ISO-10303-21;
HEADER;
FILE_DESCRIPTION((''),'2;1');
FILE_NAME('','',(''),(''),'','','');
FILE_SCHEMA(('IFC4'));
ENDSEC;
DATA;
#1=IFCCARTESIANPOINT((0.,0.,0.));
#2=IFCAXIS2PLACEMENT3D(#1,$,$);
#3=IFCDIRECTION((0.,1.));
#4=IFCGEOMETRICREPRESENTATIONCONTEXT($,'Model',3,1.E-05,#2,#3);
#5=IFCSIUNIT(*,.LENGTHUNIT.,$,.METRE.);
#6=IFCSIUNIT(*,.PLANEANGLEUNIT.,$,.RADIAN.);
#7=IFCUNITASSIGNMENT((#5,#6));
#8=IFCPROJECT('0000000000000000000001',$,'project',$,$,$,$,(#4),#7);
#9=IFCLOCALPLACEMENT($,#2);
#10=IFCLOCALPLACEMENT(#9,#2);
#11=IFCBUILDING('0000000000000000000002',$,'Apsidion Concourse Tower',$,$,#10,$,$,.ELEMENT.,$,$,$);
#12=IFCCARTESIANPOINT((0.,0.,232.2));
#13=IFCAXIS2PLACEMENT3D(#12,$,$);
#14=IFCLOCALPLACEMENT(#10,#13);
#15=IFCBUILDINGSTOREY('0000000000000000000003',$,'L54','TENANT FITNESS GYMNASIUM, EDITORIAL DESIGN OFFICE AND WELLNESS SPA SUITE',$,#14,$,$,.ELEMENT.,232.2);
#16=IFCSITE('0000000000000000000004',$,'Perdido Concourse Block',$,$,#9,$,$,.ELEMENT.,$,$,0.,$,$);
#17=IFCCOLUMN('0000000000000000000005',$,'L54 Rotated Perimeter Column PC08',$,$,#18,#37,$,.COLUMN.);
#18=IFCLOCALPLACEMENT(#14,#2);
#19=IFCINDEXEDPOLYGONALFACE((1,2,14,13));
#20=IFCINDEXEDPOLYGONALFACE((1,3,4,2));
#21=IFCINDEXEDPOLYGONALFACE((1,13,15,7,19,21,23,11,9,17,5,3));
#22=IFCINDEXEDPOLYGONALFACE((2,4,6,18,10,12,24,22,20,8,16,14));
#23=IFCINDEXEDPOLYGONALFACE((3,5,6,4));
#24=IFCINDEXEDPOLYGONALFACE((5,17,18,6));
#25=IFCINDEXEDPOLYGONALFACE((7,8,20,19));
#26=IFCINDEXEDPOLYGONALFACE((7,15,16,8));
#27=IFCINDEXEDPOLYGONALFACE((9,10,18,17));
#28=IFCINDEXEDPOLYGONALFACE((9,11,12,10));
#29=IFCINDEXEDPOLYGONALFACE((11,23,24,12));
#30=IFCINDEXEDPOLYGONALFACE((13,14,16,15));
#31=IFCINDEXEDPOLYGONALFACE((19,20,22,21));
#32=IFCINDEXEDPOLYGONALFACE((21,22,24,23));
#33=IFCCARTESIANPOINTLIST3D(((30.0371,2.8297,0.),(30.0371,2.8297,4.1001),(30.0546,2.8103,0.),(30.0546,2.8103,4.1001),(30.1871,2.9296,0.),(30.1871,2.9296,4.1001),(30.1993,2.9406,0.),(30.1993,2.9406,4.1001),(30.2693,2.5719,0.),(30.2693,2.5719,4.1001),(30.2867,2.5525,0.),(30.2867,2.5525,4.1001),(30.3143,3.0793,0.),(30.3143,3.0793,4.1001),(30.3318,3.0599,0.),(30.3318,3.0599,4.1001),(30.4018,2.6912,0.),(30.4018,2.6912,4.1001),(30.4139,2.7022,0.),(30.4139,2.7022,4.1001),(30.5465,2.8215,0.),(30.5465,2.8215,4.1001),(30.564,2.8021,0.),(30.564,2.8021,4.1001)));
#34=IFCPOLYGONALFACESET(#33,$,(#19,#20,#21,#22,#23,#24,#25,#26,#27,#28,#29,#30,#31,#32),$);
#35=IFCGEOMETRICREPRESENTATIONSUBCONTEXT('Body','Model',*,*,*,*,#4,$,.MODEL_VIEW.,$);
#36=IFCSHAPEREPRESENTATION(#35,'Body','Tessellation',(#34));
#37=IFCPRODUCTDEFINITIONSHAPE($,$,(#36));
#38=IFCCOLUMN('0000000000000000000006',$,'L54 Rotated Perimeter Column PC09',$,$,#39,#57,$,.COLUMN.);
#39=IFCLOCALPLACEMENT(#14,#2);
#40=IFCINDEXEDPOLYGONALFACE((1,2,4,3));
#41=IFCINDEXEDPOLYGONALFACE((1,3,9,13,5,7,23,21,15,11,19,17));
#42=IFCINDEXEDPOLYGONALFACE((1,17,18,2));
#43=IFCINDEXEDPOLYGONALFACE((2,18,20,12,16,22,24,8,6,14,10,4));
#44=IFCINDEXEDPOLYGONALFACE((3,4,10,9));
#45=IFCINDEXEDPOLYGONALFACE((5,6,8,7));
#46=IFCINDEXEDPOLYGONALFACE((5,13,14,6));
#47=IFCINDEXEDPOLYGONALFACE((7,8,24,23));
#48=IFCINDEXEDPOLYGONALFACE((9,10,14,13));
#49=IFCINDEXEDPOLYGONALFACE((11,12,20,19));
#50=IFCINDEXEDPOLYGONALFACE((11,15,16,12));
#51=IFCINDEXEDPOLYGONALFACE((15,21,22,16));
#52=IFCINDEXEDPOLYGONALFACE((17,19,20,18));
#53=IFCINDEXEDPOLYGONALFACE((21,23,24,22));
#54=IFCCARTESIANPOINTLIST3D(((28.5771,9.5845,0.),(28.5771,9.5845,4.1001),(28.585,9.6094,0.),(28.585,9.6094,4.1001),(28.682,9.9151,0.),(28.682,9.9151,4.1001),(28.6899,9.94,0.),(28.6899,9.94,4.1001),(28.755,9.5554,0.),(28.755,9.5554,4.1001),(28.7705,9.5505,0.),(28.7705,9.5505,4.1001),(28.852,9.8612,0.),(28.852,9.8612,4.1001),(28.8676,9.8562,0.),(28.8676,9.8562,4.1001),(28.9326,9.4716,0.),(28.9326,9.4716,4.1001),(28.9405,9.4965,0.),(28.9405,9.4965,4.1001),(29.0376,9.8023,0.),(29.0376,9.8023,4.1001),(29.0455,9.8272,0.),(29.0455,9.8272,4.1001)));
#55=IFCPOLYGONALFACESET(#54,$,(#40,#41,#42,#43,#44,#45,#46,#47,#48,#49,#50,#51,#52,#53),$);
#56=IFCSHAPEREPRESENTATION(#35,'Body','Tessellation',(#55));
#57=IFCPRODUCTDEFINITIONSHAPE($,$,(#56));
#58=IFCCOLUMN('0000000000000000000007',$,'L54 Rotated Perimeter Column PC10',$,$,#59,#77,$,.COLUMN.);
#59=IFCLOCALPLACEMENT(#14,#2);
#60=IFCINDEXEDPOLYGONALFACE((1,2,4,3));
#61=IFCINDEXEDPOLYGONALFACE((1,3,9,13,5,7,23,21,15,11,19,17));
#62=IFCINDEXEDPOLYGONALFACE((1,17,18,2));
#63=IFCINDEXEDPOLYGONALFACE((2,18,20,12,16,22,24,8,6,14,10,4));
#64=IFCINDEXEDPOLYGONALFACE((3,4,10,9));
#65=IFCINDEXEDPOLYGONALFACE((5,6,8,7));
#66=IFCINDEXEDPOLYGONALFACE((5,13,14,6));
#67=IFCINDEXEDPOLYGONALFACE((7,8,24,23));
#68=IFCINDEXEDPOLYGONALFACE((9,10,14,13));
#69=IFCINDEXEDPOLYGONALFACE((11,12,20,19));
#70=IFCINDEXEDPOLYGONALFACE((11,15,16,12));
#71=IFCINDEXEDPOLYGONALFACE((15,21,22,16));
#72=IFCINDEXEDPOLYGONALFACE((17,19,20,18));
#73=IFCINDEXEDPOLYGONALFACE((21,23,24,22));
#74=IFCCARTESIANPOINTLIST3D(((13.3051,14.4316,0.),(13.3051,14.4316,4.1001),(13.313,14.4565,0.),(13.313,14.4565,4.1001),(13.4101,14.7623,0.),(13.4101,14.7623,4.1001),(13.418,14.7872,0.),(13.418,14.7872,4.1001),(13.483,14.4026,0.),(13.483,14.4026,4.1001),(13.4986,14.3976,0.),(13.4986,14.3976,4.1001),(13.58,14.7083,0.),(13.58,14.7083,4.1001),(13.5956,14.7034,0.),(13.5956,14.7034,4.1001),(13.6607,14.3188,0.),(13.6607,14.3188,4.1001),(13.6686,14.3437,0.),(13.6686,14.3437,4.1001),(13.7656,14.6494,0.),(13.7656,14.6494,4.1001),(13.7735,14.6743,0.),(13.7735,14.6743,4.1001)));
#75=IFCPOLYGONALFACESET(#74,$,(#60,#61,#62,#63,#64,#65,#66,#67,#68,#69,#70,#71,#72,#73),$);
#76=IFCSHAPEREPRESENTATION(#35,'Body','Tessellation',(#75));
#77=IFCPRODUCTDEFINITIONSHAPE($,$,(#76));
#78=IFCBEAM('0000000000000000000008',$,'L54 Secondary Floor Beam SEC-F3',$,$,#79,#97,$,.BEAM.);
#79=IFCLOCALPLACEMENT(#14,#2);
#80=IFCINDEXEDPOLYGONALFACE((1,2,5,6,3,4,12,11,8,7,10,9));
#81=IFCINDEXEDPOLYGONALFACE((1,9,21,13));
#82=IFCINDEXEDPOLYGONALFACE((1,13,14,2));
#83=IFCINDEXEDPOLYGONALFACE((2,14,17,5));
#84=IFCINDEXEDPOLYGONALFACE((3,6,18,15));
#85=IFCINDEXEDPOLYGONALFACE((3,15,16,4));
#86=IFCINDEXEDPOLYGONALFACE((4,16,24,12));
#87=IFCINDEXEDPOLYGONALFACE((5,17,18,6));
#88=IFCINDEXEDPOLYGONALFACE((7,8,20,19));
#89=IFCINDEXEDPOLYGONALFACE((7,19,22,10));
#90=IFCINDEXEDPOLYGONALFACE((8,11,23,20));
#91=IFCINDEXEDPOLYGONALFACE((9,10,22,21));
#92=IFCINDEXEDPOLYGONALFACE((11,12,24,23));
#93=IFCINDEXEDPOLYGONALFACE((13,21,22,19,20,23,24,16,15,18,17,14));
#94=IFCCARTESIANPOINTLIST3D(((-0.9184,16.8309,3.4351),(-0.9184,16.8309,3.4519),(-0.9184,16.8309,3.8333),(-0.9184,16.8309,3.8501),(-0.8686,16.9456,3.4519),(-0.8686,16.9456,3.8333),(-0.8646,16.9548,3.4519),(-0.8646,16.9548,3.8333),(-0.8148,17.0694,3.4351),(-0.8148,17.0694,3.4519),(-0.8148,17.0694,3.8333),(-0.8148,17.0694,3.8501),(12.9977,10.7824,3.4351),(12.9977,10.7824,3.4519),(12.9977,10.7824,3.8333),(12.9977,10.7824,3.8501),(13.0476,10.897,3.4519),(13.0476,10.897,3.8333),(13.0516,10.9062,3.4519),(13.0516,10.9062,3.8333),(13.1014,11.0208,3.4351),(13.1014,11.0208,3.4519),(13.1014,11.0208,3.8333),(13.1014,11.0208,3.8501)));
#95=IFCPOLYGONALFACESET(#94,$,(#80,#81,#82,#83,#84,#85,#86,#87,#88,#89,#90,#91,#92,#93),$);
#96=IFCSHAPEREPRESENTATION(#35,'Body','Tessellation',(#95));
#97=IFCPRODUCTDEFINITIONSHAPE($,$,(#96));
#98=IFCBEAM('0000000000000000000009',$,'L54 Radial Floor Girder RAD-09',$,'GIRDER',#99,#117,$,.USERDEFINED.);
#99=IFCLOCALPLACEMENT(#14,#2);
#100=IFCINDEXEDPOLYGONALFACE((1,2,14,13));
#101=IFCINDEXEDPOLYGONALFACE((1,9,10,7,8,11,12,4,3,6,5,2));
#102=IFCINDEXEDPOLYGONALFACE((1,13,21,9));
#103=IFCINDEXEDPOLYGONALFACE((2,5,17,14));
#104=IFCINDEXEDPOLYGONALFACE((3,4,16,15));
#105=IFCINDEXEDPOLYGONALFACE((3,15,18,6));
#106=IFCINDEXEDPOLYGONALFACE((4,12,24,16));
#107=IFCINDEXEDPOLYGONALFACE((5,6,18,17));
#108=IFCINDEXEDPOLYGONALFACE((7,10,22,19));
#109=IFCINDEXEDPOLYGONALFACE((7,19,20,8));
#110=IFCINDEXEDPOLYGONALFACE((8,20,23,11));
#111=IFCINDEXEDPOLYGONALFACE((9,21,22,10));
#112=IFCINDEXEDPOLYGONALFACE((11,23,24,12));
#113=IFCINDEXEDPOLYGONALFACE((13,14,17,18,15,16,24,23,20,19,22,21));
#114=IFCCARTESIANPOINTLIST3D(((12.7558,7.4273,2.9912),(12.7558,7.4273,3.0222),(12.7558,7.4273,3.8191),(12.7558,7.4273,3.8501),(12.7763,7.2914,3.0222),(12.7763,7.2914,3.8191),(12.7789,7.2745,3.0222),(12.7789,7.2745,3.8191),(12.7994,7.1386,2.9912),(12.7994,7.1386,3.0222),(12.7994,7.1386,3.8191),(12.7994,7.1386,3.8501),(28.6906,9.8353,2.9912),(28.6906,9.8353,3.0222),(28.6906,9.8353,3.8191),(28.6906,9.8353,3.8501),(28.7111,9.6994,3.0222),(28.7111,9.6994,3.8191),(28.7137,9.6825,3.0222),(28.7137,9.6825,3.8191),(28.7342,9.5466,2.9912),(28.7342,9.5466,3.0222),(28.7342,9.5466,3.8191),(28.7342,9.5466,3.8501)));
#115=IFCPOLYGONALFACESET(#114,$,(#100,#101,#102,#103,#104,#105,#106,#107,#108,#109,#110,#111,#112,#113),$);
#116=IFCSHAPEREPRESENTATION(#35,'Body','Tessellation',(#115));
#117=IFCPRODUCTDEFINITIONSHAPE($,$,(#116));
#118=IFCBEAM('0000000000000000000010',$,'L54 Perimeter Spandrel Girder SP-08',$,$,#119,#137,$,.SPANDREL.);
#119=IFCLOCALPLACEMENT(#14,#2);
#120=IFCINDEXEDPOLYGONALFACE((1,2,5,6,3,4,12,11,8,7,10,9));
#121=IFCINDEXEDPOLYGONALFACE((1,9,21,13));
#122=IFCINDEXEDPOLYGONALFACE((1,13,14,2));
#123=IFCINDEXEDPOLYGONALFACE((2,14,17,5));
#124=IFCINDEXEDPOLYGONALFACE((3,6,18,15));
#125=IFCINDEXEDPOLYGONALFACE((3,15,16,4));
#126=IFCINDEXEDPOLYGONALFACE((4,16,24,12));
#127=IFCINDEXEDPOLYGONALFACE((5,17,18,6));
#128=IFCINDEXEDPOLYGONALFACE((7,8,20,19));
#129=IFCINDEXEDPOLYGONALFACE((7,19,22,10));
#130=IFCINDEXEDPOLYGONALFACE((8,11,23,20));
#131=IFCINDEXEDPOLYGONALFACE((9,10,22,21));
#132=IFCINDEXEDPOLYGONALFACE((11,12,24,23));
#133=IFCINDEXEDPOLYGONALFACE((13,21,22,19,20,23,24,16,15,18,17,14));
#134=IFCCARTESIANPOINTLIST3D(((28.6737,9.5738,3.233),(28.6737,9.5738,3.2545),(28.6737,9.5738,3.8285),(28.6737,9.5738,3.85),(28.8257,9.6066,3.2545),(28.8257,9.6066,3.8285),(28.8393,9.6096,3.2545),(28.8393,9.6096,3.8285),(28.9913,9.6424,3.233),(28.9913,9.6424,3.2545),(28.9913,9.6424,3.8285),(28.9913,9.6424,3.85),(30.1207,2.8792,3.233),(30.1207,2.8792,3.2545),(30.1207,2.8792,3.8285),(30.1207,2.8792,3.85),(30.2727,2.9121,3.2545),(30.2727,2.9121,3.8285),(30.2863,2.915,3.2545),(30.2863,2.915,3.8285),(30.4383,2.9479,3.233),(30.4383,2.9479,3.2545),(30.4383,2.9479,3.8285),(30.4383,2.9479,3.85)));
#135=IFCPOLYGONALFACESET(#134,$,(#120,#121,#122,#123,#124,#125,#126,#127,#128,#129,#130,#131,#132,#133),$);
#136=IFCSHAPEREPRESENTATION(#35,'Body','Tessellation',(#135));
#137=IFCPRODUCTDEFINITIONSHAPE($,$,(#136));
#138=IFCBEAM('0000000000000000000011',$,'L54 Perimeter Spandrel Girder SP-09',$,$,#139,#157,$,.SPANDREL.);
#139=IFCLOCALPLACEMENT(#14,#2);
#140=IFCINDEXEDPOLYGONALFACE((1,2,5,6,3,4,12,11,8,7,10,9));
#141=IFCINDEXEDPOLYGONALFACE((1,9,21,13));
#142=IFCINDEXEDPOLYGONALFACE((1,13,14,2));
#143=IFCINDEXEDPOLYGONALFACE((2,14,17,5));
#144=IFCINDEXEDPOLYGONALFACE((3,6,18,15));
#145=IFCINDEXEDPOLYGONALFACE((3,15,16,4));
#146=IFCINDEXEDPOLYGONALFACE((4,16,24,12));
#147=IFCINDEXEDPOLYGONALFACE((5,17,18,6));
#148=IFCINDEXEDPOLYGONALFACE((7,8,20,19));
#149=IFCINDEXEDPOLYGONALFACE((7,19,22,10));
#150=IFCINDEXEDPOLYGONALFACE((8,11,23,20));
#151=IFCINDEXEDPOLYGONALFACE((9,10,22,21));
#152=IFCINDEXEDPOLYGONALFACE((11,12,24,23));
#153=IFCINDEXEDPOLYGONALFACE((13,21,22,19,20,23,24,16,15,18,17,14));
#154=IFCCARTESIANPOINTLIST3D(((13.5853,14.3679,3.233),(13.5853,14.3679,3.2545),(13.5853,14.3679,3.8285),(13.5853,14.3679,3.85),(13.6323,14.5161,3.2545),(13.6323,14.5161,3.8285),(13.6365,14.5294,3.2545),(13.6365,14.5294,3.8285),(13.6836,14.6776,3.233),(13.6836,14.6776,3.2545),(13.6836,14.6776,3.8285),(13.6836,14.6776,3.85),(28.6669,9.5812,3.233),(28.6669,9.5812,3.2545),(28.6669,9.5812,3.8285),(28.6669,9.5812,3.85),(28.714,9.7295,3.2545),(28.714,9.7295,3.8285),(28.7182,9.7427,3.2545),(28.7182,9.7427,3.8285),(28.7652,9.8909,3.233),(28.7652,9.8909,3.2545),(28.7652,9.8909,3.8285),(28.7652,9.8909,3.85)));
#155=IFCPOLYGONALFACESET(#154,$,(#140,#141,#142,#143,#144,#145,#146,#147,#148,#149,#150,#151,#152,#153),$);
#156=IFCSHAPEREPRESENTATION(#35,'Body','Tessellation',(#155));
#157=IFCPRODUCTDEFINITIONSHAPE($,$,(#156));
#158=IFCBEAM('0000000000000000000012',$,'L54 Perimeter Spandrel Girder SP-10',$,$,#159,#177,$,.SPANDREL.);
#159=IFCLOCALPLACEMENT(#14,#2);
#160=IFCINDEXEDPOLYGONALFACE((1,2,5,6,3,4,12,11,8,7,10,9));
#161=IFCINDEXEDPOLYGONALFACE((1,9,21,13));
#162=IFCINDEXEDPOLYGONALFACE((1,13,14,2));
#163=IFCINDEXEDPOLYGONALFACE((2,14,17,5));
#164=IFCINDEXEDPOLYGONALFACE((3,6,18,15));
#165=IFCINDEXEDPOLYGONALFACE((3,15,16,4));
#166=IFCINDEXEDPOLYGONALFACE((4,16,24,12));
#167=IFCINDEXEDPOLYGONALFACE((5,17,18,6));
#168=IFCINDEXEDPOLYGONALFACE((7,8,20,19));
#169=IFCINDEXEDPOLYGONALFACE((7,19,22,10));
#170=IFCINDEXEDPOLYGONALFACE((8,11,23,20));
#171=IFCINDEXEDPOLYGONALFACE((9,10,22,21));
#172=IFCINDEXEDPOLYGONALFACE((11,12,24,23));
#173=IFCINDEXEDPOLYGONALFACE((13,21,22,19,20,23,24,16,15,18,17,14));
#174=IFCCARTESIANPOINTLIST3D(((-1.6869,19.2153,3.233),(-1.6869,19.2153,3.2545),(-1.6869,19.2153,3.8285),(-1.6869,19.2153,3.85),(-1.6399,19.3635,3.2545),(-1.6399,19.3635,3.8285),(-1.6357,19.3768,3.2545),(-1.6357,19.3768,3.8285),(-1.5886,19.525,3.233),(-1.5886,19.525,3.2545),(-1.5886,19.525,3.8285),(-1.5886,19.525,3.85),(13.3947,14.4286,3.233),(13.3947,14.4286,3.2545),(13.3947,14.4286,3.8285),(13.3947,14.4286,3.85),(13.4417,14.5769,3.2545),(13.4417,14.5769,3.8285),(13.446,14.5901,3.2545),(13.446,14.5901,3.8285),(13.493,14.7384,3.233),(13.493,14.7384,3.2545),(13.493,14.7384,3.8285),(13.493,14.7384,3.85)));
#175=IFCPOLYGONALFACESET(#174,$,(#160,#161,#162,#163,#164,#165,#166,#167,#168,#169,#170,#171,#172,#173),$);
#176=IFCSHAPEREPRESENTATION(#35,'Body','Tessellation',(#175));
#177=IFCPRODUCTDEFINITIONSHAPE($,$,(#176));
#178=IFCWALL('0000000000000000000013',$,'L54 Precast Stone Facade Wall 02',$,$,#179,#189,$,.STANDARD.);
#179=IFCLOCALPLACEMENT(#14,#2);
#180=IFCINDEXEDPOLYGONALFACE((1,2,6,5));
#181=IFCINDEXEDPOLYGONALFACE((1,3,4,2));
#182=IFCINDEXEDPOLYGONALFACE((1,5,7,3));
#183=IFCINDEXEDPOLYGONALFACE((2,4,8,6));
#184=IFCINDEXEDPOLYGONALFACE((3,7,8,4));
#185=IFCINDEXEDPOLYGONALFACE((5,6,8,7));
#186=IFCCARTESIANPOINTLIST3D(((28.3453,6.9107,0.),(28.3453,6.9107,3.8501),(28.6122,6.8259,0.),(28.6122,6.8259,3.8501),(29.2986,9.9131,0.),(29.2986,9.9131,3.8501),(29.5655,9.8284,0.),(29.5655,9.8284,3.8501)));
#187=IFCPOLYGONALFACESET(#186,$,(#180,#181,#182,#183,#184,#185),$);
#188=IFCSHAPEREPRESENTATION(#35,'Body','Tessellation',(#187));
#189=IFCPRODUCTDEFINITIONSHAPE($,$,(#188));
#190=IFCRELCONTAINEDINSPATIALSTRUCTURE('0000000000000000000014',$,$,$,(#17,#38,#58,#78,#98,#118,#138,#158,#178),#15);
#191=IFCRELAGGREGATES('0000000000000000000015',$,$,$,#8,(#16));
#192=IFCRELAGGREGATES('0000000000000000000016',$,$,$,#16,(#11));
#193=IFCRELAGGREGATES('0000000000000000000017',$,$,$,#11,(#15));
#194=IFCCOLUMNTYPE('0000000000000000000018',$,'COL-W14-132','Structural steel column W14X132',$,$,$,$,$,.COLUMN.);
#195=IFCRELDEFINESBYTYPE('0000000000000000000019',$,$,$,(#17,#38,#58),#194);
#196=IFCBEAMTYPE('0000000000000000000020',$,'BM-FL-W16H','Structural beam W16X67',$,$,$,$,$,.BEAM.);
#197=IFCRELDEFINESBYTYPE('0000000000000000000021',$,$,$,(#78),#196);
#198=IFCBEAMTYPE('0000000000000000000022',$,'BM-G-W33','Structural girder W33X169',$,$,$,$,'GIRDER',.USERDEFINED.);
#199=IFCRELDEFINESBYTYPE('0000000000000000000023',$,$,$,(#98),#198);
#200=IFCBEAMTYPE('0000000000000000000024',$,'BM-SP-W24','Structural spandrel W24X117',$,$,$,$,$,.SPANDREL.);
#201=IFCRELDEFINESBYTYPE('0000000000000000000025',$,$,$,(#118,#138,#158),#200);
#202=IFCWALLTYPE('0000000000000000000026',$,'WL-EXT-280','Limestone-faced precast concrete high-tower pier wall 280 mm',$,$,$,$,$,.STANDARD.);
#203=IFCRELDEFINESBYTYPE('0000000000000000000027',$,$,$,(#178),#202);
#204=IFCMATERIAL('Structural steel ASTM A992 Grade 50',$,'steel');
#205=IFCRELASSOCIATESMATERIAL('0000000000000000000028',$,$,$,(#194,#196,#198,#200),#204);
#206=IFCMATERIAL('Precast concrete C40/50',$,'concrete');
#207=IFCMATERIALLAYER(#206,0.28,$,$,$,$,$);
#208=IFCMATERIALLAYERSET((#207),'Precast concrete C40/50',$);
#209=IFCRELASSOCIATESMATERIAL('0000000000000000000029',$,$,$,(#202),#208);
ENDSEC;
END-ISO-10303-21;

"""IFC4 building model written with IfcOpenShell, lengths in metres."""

from ifc_helpers import new_model, si_unit, direction, frame, frame_2d, origin, origin_2d, place, context, subcontext, project, spatial, rectangle, i_section, extrude, material, layer, layer_set, material_profile, profile_set, type_object, element, save


model = new_model("IFC4")

# Units and contexts
model_context = context("Model", 3, precision=1e-05, world=origin(), true_north=direction((0.0, 1.0)))
body_context = subcontext(model_context, "Body", "Model", "MODEL_VIEW")
ifc_project = project(units=[si_unit("LENGTHUNIT", "METRE"), si_unit("PLANEANGLEUNIT", "RADIAN")], contexts=[model_context])

# Site, building, storey
site_placement = place(None, origin())
site = spatial("IfcSite", under=ifc_project, at=site_placement, Name="Perdido Concourse Block", CompositionType="ELEMENT", RefElevation=0.0)
building_placement = place(site_placement, origin())
building = spatial("IfcBuilding", under=site, at=building_placement, Name="Apsidion Concourse Tower", CompositionType="ELEMENT")
storey_placement = place(building_placement, frame((0.0, 0.0, 232.2)))
storey = spatial("IfcBuildingStorey", under=building, at=storey_placement, Name="L54", Description="TENANT FITNESS GYMNASIUM, EDITORIAL DESIGN OFFICE AND WELLNESS SPA SUITE", CompositionType="ELEMENT", Elevation=232.2)

# Columns
ifc_material_1 = material(Name="Structural steel ASTM A992 Grade 50", Category="steel")
ifc_material_profile_1 = material_profile(ifc_material_1, i_section(OverallWidth=0.373, OverallDepth=0.373, WebThickness=0.0164, FlangeThickness=0.0261, at=origin_2d()), Name="W14X132")
ifc_profile_set_1 = profile_set([ifc_material_profile_1], Name="Structural steel ASTM A992 Grade 50")
column_type = type_object("IfcColumnType", Name="COL-W14-132", Description="Structural steel column W14X132", PredefinedType="COLUMN", material=ifc_profile_set_1)
for number, where, z_axis, x_axis, name in (
    (1, (30.3005, 2.8159, 0.0), (0.0, 0.0, 1.0), (0.743145, 0.669131, 0.0), "L54 Rotated Perimeter Column PC08"),
    (2, (28.8113, 9.7058, 0.0), (0.0, 0.0, 1.0), (-0.953138, 0.302536, 0.0), "L54 Rotated Perimeter Column PC09"),
    (3, (13.5393, 14.553, 0.0), (0.0, 0.0, 1.0), (-0.953138, 0.302536, 0.0), "L54 Rotated Perimeter Column PC10"),
):
    element("IfcColumn", number, at=place(storey_placement, frame(where, z_axis=z_axis, x_axis=x_axis)), inside=storey, type_object=column_type, Name=name, PredefinedType="COLUMN", context=body_context, shape_type="SweptSolid", body=[
        extrude(i_section(OverallWidth=0.373, OverallDepth=0.373, WebThickness=0.0164, FlangeThickness=0.0261, at=origin_2d()), origin(), (0.0, 0.0, 1.0), 4.1001),
    ])

# Beams
ifc_material_profile_2 = material_profile(ifc_material_1, i_section(OverallWidth=0.26, OverallDepth=0.415, WebThickness=0.01, FlangeThickness=0.0168, at=origin_2d()), Name="W16X67")
ifc_profile_set_2 = profile_set([ifc_material_profile_2], Name="Structural steel ASTM A992 Grade 50")
beam_type_1 = type_object("IfcBeamType", Name="BM-FL-W16H", Description="Structural beam W16X67", PredefinedType="BEAM", material=ifc_profile_set_2)
beam_1_placement = place(storey_placement, frame((13.0496, 10.9016, 3.6426), z_axis=(-0.917117, 0.398617, 0.0), x_axis=(-0.398617, -0.917117, 0.0)))
element("IfcBeam", 4, at=beam_1_placement, inside=storey, type_object=beam_type_1, Name="L54 Secondary Floor Beam SEC-F3", PredefinedType="BEAM", context=body_context, shape_type="SweptSolid", body=[
    extrude(i_section(OverallWidth=0.26, OverallDepth=0.415, WebThickness=0.01, FlangeThickness=0.0168, at=origin_2d()), origin(), (0.0, 0.0, 1.0), 15.1738),
])
ifc_material_profile_3 = material_profile(ifc_material_1, i_section(OverallWidth=0.292, OverallDepth=0.8589, WebThickness=0.0171, FlangeThickness=0.031, at=origin_2d()), Name="W33X169")
ifc_profile_set_3 = profile_set([ifc_material_profile_3], Name="Structural steel ASTM A992 Grade 50")
beam_type_2 = type_object("IfcBeamType", Name="BM-G-W33", Description="Structural girder W33X169", ElementType="GIRDER", PredefinedType="USERDEFINED", material=ifc_profile_set_3)
beam_2_placement = place(storey_placement, frame((12.7776, 7.283, 3.4207), z_axis=(0.988774, 0.149417, 0.0), x_axis=(-0.149417, 0.988774, 0.0)))
element("IfcBeam", 5, at=beam_2_placement, inside=storey, type_object=beam_type_2, Name="L54 Radial Floor Girder RAD-09", ObjectType="GIRDER", PredefinedType="USERDEFINED", context=body_context, shape_type="SweptSolid", body=[
    extrude(i_section(OverallWidth=0.292, OverallDepth=0.8589, WebThickness=0.0171, FlangeThickness=0.031, at=origin_2d()), origin(), (0.0, 0.0, 1.0), 16.1157),
])
ifc_material_profile_4 = material_profile(ifc_material_1, i_section(OverallWidth=0.325, OverallDepth=0.6169, WebThickness=0.0139, FlangeThickness=0.0215, at=origin_2d()), Name="W24X117")
ifc_profile_set_4 = profile_set([ifc_material_profile_4], Name="Structural steel ASTM A992 Grade 50")
beam_type_3 = type_object("IfcBeamType", Name="BM-SP-W24", Description="Structural spandrel W24X117", PredefinedType="SPANDREL", material=ifc_profile_set_4)
beam_3_placement = place(storey_placement, frame((30.2795, 2.9136, 3.5415), z_axis=(-0.211269, 0.977428, 0.0), x_axis=(-0.977428, -0.211269, 0.0)))
element("IfcBeam", 6, at=beam_3_placement, inside=storey, type_object=beam_type_3, Name="L54 Perimeter Spandrel Girder SP-08", PredefinedType="SPANDREL", context=body_context, shape_type="SweptSolid", body=[
    extrude(i_section(OverallWidth=0.325, OverallDepth=0.6169, WebThickness=0.0139, FlangeThickness=0.0215, at=origin_2d()), origin(), (0.0, 0.0, 1.0), 6.8491),
])
for number, where, z_axis, x_axis, name in (
    (7, (28.7161, 9.7361, 3.5415), (-0.953146, 0.302512, 0.0), (-0.302512, -0.953146, 0.0), "L54 Perimeter Spandrel Girder SP-09"),
    (8, (13.4438, 14.5835, 3.5415), (-0.953146, 0.302512, 0.0), (-0.302512, -0.953146, 0.0), "L54 Perimeter Spandrel Girder SP-10"),
):
    element("IfcBeam", number, at=place(storey_placement, frame(where, z_axis=z_axis, x_axis=x_axis)), inside=storey, type_object=beam_type_3, Name=name, PredefinedType="SPANDREL", context=body_context, shape_type="SweptSolid", body=[
        extrude(i_section(OverallWidth=0.325, OverallDepth=0.6169, WebThickness=0.0139, FlangeThickness=0.0215, at=origin_2d()), origin(), (0.0, 0.0, 1.0), 15.823),
    ])

# Wall
ifc_material_2 = material(Name="Precast concrete C40/50", Category="concrete")
ifc_layer = layer(ifc_material_2, 0.28)
ifc_layer_set = layer_set([ifc_layer], Name="Precast concrete C40/50")
wall_type = type_object("IfcWallType", Name="WL-EXT-280", Description="Limestone-faced precast concrete high-tower pier wall 280 mm", PredefinedType="STANDARD", material=ifc_layer_set)
wall_1_placement = place(storey_placement, frame((29.4321, 9.8708, 0.0), z_axis=(0.0, 0.0, 1.0), x_axis=(-0.302641, -0.953105, 0.0)))
element("IfcWall", 9, at=wall_1_placement, inside=storey, type_object=wall_type, Name="L54 Precast Stone Facade Wall 02", PredefinedType="STANDARD", context=body_context, shape_type="SweptSolid", body=[
    extrude(rectangle(XDim=3.1501, YDim=0.28, at=frame_2d((1.5752, 0.0))), origin(), (0.0, 0.0, 1.0), 3.8501),
])

save(model, "model.ifc")
